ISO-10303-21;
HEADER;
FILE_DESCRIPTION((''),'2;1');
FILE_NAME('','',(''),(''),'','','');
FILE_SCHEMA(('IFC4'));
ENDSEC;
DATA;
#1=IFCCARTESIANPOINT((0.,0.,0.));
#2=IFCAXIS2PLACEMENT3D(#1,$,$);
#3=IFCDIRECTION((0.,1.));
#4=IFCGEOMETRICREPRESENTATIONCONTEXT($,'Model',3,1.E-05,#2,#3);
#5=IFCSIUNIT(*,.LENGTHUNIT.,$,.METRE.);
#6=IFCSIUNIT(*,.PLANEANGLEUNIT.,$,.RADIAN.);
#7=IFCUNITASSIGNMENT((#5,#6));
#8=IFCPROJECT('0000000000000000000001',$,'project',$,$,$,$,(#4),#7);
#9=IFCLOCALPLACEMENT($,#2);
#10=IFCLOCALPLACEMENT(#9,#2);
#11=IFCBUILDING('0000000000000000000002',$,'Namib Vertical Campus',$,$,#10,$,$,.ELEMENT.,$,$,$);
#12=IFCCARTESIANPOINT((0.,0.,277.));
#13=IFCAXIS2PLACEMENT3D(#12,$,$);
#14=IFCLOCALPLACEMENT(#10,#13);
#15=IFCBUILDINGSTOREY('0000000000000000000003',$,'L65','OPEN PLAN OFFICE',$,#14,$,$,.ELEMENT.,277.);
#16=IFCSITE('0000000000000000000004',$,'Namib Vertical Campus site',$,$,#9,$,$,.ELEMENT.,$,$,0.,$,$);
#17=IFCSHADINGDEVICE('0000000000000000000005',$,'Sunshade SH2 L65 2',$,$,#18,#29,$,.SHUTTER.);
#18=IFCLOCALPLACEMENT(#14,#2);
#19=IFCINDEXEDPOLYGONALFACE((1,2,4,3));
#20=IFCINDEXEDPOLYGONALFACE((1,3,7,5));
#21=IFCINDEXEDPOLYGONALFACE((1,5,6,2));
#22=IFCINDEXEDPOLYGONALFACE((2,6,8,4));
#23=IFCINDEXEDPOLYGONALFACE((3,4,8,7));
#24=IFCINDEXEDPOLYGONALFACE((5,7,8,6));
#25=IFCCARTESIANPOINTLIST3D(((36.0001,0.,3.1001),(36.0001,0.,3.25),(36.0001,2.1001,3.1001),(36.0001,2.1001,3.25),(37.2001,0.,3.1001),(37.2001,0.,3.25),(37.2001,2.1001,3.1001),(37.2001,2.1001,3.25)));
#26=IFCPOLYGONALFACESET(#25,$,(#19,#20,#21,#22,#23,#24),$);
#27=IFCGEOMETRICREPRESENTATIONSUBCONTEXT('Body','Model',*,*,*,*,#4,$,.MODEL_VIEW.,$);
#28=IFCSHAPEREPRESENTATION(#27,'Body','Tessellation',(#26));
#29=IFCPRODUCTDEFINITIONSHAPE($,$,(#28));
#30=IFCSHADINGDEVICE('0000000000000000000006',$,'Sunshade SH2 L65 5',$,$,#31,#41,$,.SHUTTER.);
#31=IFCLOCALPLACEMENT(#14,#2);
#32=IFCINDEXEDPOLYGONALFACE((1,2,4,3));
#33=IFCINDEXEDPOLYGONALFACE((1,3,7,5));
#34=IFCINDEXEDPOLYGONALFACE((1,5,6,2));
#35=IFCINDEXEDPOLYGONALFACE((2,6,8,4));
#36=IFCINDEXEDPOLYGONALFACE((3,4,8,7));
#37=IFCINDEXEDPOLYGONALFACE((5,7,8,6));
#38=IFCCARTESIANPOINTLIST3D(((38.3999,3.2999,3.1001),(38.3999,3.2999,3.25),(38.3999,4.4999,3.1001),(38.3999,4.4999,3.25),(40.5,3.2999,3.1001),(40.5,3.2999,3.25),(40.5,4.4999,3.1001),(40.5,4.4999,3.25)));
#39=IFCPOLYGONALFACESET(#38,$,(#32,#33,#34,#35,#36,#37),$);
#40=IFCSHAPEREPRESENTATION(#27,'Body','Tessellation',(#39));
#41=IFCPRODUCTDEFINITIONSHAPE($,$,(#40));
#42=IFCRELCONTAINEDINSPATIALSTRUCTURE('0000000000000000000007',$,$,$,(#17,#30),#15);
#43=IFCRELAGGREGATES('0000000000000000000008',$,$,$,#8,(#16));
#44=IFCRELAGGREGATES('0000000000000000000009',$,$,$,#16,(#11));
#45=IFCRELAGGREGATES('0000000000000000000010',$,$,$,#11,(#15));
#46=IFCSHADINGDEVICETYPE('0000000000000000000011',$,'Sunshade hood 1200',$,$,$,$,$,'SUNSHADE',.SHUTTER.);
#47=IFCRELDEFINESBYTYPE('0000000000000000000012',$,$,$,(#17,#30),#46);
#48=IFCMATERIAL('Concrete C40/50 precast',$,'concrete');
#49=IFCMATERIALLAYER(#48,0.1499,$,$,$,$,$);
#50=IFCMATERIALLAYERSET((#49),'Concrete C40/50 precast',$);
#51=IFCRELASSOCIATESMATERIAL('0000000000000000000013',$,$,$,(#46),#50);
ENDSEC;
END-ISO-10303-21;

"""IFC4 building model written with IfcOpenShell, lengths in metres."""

from ifc_helpers import new_model, si_unit, direction, frame, origin, origin_2d, place, context, subcontext, project, spatial, rectangle, extrude, material, layer, layer_set, type_object, element, save


model = new_model("IFC4")

# Units and contexts
model_context = context("Model", 3, precision=1e-05, world=origin(), true_north=direction((0.0, 1.0)))
body_context = subcontext(model_context, "Body", "Model", "MODEL_VIEW")
ifc_project = project(units=[si_unit("LENGTHUNIT", "METRE"), si_unit("PLANEANGLEUNIT", "RADIAN")], contexts=[model_context])

# Site, building, storey
site_placement = place(None, origin())
site = spatial("IfcSite", under=ifc_project, at=site_placement, Name="Namib Vertical Campus site", CompositionType="ELEMENT", RefElevation=0.0)
building_placement = place(site_placement, origin())
building = spatial("IfcBuilding", under=site, at=building_placement, Name="Namib Vertical Campus", CompositionType="ELEMENT")
storey_placement = place(building_placement, frame((0.0, 0.0, 277.0)))
storey = spatial("IfcBuildingStorey", under=building, at=storey_placement, Name="L65", Description="OPEN PLAN OFFICE", CompositionType="ELEMENT", Elevation=277.0)

# Shading devices
ifc_material_1 = material(Name="Concrete C40/50 precast", Category="concrete")
ifc_layer_1 = layer(ifc_material_1, 0.1499)
ifc_layer_set_1 = layer_set([ifc_layer_1], Name="Concrete C40/50 precast")
shading_device_type = type_object("IfcShadingDeviceType", Name="Sunshade hood 1200", ElementType="SUNSHADE", PredefinedType="SHUTTER", material=ifc_layer_set_1)
for number, where, z_axis, x_axis, name in (
    (1, (36.6001, 1.05, 3.1001), (0.0, 0.0, 1.0), (0.0, 1.0, 0.0), "Sunshade SH2 L65 2"),
    (2, (39.45, 3.8999, 3.1001), (0.0, 0.0, 1.0), (1.0, 0.0, 0.0), "Sunshade SH2 L65 5"),
):
    element("IfcShadingDevice", number, at=place(storey_placement, frame(where, z_axis=z_axis, x_axis=x_axis)), inside=storey, type_object=shading_device_type, Name=name, PredefinedType="SHUTTER", context=body_context, shape_type="SweptSolid", body=[
        extrude(rectangle(XDim=2.1001, YDim=1.2, at=origin_2d()), origin(), (0.0, 0.0, 1.0), 0.1499),
    ])

save(model, "model.ifc")
